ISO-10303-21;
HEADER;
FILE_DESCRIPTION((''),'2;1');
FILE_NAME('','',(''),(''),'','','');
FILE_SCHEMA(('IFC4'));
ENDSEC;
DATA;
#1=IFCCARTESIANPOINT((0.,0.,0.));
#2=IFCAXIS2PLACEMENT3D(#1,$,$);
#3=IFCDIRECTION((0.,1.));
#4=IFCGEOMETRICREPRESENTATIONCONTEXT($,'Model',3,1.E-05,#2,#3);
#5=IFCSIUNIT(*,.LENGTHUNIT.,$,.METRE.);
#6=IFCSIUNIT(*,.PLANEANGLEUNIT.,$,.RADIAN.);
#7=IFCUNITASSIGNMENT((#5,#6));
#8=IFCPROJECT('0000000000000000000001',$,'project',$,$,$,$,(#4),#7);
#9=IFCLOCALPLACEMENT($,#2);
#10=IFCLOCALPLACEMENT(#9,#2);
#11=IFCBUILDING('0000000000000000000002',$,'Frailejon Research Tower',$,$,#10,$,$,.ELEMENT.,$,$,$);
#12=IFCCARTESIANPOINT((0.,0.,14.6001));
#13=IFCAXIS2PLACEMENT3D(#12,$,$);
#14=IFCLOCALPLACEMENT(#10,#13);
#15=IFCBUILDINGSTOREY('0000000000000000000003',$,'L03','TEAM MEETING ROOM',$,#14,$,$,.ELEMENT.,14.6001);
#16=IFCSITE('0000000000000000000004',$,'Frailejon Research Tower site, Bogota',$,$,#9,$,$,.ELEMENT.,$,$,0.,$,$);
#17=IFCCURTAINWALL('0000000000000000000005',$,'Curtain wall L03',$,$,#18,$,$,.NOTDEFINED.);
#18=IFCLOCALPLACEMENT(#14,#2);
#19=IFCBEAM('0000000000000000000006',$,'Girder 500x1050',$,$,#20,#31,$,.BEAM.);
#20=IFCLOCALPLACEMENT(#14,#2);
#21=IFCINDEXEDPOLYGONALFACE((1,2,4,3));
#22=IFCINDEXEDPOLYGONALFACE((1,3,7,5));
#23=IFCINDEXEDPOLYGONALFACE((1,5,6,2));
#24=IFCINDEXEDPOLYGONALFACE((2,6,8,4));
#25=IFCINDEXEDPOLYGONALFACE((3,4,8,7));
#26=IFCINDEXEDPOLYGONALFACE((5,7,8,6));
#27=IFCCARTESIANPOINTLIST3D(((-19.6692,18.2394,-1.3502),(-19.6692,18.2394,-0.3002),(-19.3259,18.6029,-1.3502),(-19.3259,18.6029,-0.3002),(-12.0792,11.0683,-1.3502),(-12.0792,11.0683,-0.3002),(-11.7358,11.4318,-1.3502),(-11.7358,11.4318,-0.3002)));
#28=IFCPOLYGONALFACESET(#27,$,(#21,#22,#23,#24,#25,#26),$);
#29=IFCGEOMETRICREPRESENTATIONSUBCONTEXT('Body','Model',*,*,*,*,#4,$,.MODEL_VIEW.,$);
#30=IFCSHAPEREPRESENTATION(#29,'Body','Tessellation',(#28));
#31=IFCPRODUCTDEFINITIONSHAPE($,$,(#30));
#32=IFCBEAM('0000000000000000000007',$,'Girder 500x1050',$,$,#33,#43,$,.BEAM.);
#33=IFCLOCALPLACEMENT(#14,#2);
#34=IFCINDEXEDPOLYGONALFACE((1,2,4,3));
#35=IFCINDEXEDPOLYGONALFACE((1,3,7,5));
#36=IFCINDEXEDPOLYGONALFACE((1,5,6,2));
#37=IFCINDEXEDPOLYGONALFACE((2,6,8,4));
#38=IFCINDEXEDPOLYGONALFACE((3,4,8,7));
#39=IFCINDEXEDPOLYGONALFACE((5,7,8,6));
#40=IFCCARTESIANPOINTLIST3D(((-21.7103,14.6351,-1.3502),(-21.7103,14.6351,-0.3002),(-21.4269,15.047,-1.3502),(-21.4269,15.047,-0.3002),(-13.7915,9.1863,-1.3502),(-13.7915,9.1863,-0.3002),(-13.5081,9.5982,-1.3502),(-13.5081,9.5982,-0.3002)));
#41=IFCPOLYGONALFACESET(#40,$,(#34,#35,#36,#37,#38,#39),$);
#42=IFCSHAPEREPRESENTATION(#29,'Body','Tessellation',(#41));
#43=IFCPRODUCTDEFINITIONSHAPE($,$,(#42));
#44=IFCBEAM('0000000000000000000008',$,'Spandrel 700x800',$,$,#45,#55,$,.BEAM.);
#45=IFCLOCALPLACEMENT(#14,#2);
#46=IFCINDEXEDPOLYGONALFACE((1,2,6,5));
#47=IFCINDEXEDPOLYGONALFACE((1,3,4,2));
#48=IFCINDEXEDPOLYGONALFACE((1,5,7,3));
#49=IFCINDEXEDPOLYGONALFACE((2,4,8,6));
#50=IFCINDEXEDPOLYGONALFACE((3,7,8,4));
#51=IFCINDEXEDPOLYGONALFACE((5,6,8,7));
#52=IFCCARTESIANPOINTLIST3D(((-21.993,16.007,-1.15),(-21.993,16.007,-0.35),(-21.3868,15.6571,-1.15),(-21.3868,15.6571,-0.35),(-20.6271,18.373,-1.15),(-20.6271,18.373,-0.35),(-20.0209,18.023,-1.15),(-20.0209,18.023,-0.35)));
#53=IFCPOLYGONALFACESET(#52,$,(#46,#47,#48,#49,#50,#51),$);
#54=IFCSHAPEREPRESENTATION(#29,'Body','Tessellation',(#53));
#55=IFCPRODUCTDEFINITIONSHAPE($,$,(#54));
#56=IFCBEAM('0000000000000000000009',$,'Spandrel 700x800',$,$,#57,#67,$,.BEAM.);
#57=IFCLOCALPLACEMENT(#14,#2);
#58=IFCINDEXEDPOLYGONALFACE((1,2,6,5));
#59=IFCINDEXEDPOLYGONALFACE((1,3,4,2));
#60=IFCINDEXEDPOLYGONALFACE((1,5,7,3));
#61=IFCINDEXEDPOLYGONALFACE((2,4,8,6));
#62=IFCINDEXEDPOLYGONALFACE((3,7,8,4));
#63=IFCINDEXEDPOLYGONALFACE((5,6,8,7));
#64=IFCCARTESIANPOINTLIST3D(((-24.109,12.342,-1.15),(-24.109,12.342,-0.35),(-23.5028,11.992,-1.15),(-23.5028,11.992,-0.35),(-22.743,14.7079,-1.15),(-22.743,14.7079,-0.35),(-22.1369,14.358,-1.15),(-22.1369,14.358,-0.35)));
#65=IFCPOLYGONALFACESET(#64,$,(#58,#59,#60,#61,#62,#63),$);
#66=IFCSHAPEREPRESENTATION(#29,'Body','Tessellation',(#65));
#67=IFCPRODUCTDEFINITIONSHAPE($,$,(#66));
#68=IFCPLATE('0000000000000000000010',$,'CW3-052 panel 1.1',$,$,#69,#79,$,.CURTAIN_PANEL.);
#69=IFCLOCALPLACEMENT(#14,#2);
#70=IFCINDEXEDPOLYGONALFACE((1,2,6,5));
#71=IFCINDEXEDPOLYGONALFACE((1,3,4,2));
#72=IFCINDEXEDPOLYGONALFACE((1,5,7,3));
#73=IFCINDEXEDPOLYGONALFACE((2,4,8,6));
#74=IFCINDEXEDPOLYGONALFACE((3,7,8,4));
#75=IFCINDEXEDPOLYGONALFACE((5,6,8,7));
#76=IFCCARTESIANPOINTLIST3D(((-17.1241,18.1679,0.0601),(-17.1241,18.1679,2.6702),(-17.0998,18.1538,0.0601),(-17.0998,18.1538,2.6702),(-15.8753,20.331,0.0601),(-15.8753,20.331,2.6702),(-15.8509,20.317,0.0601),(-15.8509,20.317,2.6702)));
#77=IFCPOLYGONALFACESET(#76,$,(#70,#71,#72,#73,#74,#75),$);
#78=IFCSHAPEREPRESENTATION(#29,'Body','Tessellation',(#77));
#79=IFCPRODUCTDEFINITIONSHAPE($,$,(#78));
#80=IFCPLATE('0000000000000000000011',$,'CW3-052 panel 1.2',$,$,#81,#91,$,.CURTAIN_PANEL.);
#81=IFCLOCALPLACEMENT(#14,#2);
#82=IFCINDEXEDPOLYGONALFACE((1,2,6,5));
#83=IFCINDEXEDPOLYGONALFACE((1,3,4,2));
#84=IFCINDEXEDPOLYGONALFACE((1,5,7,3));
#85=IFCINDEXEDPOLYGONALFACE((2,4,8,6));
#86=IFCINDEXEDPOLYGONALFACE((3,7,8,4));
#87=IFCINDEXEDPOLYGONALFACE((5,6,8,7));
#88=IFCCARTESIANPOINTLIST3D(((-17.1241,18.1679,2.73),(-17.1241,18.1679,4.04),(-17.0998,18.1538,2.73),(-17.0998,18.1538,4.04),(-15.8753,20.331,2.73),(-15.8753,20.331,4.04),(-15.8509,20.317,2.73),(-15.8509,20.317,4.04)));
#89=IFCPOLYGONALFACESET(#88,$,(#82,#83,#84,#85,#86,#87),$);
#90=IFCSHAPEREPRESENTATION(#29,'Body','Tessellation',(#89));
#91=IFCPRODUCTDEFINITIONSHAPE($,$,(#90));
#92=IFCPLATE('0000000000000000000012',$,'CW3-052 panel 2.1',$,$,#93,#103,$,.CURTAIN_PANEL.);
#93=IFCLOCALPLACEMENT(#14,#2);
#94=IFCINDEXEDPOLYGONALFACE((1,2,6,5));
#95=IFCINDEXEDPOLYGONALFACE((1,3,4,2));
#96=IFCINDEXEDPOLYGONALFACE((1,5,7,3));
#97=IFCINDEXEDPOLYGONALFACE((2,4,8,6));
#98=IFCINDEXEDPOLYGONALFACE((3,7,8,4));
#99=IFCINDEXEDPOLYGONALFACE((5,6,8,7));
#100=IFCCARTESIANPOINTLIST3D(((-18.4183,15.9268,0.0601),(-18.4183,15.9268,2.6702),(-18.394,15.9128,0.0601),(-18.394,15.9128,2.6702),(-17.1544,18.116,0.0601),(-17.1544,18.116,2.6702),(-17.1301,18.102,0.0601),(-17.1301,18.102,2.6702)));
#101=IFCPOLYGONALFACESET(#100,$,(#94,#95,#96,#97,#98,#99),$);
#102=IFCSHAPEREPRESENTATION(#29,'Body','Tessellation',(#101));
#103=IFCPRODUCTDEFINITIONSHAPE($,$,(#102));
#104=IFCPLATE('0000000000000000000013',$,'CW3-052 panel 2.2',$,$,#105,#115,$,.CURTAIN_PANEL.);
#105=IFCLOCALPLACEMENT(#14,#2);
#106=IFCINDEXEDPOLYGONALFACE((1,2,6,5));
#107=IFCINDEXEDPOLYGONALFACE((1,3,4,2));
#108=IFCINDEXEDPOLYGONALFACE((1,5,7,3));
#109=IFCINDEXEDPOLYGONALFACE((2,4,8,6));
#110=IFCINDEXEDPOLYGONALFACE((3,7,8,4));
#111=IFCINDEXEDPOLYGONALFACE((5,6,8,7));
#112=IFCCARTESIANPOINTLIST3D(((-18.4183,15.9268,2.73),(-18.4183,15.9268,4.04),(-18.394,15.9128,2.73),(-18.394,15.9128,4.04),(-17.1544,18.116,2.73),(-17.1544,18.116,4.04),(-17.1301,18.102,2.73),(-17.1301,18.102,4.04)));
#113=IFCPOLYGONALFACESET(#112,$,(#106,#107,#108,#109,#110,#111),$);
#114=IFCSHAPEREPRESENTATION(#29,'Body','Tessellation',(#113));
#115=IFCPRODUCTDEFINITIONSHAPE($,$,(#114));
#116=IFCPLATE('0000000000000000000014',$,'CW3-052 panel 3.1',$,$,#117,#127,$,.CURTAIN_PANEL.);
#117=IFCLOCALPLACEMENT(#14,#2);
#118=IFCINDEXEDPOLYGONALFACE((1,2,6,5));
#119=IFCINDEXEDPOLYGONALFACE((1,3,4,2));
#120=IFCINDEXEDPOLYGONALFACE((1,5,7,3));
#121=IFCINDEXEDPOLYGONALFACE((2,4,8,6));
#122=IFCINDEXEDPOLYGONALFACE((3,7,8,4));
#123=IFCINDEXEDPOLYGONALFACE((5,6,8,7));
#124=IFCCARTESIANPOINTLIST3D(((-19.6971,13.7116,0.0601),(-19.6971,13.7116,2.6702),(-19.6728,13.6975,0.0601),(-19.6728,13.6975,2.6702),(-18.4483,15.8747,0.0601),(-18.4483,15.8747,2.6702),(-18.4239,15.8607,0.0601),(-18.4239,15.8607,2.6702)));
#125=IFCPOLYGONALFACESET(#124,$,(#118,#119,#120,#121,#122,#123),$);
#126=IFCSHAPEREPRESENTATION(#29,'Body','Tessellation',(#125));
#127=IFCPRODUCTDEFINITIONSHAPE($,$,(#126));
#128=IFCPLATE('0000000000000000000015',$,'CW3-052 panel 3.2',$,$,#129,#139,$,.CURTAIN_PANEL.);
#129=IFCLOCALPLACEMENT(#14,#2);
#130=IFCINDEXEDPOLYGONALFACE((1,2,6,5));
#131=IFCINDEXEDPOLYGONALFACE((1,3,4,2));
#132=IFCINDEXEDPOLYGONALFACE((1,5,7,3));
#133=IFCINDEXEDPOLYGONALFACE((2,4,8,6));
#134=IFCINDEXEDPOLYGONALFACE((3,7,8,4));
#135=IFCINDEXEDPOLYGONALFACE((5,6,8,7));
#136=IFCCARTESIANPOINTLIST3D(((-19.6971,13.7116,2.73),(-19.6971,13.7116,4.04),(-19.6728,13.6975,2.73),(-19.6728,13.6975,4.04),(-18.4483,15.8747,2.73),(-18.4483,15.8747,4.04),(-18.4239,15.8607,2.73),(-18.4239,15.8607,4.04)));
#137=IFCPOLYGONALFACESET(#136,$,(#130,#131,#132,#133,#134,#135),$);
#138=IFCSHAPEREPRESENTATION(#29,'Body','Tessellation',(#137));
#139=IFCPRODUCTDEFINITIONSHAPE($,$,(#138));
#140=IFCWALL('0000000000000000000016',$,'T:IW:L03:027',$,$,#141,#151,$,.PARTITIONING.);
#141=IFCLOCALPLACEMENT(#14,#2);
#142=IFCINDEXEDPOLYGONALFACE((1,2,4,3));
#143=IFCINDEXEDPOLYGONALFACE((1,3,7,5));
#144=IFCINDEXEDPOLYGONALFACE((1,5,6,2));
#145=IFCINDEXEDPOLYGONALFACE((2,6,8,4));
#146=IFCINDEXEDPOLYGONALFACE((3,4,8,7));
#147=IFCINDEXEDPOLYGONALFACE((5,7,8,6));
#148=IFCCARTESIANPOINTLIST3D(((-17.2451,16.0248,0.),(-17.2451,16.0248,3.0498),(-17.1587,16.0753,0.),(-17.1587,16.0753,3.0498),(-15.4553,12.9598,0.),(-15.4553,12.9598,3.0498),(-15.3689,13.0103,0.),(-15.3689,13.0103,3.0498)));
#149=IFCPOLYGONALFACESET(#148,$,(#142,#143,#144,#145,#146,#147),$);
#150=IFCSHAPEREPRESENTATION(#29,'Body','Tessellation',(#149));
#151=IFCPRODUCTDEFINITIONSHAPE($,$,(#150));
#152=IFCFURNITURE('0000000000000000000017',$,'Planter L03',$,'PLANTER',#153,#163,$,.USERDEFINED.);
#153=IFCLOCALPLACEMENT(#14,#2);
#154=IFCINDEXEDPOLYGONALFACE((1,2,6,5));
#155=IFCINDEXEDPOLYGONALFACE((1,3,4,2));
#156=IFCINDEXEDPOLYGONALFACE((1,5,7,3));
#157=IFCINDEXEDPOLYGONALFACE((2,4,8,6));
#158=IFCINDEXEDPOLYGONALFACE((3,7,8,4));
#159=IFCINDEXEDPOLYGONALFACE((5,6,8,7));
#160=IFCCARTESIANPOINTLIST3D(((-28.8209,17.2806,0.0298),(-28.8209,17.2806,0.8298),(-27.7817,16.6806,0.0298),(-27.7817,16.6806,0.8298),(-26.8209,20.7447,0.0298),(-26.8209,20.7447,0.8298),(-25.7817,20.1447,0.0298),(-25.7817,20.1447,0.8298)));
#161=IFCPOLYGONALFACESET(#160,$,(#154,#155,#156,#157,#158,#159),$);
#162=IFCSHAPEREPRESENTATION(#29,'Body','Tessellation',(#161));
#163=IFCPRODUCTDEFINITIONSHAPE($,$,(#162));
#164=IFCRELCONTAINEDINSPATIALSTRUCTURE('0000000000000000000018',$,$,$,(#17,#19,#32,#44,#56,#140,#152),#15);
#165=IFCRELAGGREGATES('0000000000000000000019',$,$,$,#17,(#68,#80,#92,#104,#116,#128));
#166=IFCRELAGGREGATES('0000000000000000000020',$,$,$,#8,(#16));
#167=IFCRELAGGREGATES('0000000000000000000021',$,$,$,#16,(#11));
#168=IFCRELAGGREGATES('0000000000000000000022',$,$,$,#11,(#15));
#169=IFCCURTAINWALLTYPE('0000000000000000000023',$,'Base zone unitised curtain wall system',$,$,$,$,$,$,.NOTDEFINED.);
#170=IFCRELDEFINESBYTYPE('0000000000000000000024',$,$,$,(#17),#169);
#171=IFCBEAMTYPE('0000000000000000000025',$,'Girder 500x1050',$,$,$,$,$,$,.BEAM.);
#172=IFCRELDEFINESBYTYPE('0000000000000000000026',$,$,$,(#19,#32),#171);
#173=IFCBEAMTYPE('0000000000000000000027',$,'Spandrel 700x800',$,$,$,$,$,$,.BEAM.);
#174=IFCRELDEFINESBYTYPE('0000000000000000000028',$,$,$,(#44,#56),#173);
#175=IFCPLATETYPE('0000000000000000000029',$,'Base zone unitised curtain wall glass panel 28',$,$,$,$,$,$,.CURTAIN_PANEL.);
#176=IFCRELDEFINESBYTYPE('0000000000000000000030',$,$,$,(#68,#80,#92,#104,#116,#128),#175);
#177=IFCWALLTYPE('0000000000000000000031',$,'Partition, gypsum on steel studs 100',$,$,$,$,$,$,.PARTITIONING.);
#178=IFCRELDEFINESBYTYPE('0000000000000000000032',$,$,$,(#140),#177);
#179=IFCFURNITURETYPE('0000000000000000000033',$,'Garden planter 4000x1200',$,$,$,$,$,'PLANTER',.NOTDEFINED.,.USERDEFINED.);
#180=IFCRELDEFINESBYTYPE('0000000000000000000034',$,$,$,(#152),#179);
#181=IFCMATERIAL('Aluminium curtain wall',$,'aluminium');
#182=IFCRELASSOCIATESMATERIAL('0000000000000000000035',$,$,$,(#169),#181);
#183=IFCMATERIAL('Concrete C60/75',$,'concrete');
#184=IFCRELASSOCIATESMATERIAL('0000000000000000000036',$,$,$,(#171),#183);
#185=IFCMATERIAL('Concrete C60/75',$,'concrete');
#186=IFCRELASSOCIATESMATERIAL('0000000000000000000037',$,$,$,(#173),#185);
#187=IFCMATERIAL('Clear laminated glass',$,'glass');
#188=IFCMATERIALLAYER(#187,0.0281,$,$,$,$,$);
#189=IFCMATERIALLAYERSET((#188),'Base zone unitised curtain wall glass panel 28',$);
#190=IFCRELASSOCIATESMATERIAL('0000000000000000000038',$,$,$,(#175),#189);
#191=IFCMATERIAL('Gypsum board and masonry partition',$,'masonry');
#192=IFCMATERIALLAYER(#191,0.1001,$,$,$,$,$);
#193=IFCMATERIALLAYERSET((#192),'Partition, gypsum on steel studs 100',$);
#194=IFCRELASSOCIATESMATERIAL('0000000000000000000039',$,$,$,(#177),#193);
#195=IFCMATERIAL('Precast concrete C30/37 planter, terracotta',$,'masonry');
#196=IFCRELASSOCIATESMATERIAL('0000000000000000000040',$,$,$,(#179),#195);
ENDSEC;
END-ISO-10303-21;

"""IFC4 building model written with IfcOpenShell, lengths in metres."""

from ifc_helpers import new_model, si_unit, direction, frame, frame_2d, origin, origin_2d, place, context, subcontext, project, spatial, rectangle, extrude, material, layer, layer_set, material_profile, profile_set, type_object, element, aggregate, save


model = new_model("IFC4")

# Units and contexts
model_context = context("Model", 3, precision=1e-05, world=origin(), true_north=direction((0.0, 1.0)))
body_context = subcontext(model_context, "Body", "Model", "MODEL_VIEW")
ifc_project = project(units=[si_unit("LENGTHUNIT", "METRE"), si_unit("PLANEANGLEUNIT", "RADIAN")], contexts=[model_context])

# Site, building, storey
site_placement = place(None, origin())
site = spatial("IfcSite", under=ifc_project, at=site_placement, Name="Frailejon Research Tower site, Bogota", CompositionType="ELEMENT", RefElevation=0.0)
building_placement = place(site_placement, origin())
building = spatial("IfcBuilding", under=site, at=building_placement, Name="Frailejon Research Tower", CompositionType="ELEMENT")
storey_placement = place(building_placement, frame((0.0, 0.0, 14.6001)))
storey = spatial("IfcBuildingStorey", under=building, at=storey_placement, Name="L03", Description="TEAM MEETING ROOM", CompositionType="ELEMENT", Elevation=14.6001)

# Curtain wall
ifc_material_1 = material(Name="Aluminium curtain wall", Category="aluminium")
curtain_wall_type = type_object("IfcCurtainWallType", Name="Base zone unitised curtain wall system", PredefinedType="NOTDEFINED", material=ifc_material_1)
curtain_wall_placement = place(storey_placement, origin())
curtain_wall = element("IfcCurtainWall", 1, at=curtain_wall_placement, inside=storey, type_object=curtain_wall_type, Name="Curtain wall L03", PredefinedType="NOTDEFINED")

# Beams
ifc_material_2 = material(Name="Concrete C60/75", Category="concrete")
ifc_material_profile_1 = material_profile(ifc_material_2, rectangle(XDim=0.5, YDim=1.05, at=origin_2d()), Name="Girder 500x1050")
ifc_profile_set_1 = profile_set([ifc_material_profile_1], Name="Concrete C60/75")
beam_type_1 = type_object("IfcBeamType", Name="Girder 500x1050", PredefinedType="BEAM", material=ifc_profile_set_1)
beam_1_placement = place(storey_placement, frame((-19.4976, 18.4211, -0.8252), z_axis=(0.726883, -0.686762, 0.0), x_axis=(0.686762, 0.726883, 0.0)))
element("IfcBeam", 2, at=beam_1_placement, inside=storey, type_object=beam_type_1, Name="Girder 500x1050", PredefinedType="BEAM", context=body_context, shape_type="SweptSolid", body=[
    extrude(rectangle(XDim=0.5, YDim=1.05, at=origin_2d()), origin(), (0.0, 0.0, 1.0), 10.4419),
])
beam_2_placement = place(storey_placement, frame((-21.5686, 14.8411, -0.8252), z_axis=(0.823817, -0.566855, 0.0), x_axis=(0.566855, 0.823817, 0.0)))
element("IfcBeam", 3, at=beam_2_placement, inside=storey, type_object=beam_type_1, Name="Girder 500x1050", PredefinedType="BEAM", context=body_context, shape_type="SweptSolid", body=[
    extrude(rectangle(XDim=0.5, YDim=1.05, at=origin_2d()), origin(), (0.0, 0.0, 1.0), 9.6123),
])
ifc_material_3 = material(Name="Concrete C60/75", Category="concrete")
ifc_material_profile_2 = material_profile(ifc_material_3, rectangle(XDim=0.7, YDim=0.8, at=origin_2d()), Name="Spandrel 700x800")
ifc_profile_set_2 = profile_set([ifc_material_profile_2], Name="Concrete C60/75")
beam_type_2 = type_object("IfcBeamType", Name="Spandrel 700x800", PredefinedType="BEAM", material=ifc_profile_set_2)
for number, where, z_axis, x_axis, name in (
    (4, (-20.324, 18.198, -0.75), (-0.499993, -0.866029, 0.0), (0.866029, -0.499993, 0.0), "Spandrel 700x800"),
    (5, (-22.4399, 14.533, -0.75), (-0.499993, -0.866029, 0.0), (0.866029, -0.499993, 0.0), "Spandrel 700x800"),
):
    element("IfcBeam", number, at=place(storey_placement, frame(where, z_axis=z_axis, x_axis=x_axis)), inside=storey, type_object=beam_type_2, Name=name, PredefinedType="BEAM", context=body_context, shape_type="SweptSolid", body=[
        extrude(rectangle(XDim=0.7, YDim=0.8, at=origin_2d()), origin(), (0.0, 0.0, 1.0), 2.7319),
    ])

# Plates
ifc_material_4 = material(Name="Clear laminated glass", Category="glass")
ifc_layer_1 = layer(ifc_material_4, 0.0281)
ifc_layer_set_1 = layer_set([ifc_layer_1], Name="Base zone unitised curtain wall glass panel 28")
plate_type = type_object("IfcPlateType", Name="Base zone unitised curtain wall glass panel 28", PredefinedType="CURTAIN_PANEL", material=ifc_layer_set_1)
plate_1_placement = place(storey_placement, frame((-16.4875, 19.2424, 0.0601), z_axis=(0.0, 0.0, 1.0), x_axis=(-0.499993, -0.866029, 0.0)))
plate_1 = element("IfcPlate", 6, at=plate_1_placement, type_object=plate_type, Name="CW3-052 panel 1.1", PredefinedType="CURTAIN_PANEL", context=body_context, shape_type="SweptSolid", body=[
    extrude(rectangle(XDim=2.4978, YDim=0.0281, at=origin_2d()), origin(), (0.0, 0.0, 1.0), 2.6101),
])
plate_2_placement = place(storey_placement, frame((-16.4875, 19.2424, 2.73), z_axis=(0.0, 0.0, 1.0), x_axis=(-0.499993, -0.866029, 0.0)))
plate_2 = element("IfcPlate", 7, at=plate_2_placement, type_object=plate_type, Name="CW3-052 panel 1.2", PredefinedType="CURTAIN_PANEL", context=body_context, shape_type="SweptSolid", body=[
    extrude(rectangle(XDim=2.4978, YDim=0.0281, at=origin_2d()), origin(), (0.0, 0.0, 1.0), 1.3101),
])
plate_3_placement = place(storey_placement, frame((-17.7742, 17.0144, 0.0601), z_axis=(0.0, 0.0, 1.0), x_axis=(-0.499993, -0.866029, 0.0)))
plate_3 = element("IfcPlate", 8, at=plate_3_placement, type_object=plate_type, Name="CW3-052 panel 2.1", PredefinedType="CURTAIN_PANEL", context=body_context, shape_type="SweptSolid", body=[
    extrude(rectangle(XDim=2.5278, YDim=0.0281, at=origin_2d()), origin(), (0.0, 0.0, 1.0), 2.6101),
])
plate_4_placement = place(storey_placement, frame((-17.7742, 17.0144, 2.73), z_axis=(0.0, 0.0, 1.0), x_axis=(-0.499993, -0.866029, 0.0)))
plate_4 = element("IfcPlate", 9, at=plate_4_placement, type_object=plate_type, Name="CW3-052 panel 2.2", PredefinedType="CURTAIN_PANEL", context=body_context, shape_type="SweptSolid", body=[
    extrude(rectangle(XDim=2.5278, YDim=0.0281, at=origin_2d()), origin(), (0.0, 0.0, 1.0), 1.3101),
])
plate_5_placement = place(storey_placement, frame((-19.0605, 14.7861, 0.0601), z_axis=(0.0, 0.0, 1.0), x_axis=(-0.499993, -0.866029, 0.0)))
plate_5 = element("IfcPlate", 10, at=plate_5_placement, type_object=plate_type, Name="CW3-052 panel 3.1", PredefinedType="CURTAIN_PANEL", context=body_context, shape_type="SweptSolid", body=[
    extrude(rectangle(XDim=2.4978, YDim=0.0281, at=origin_2d()), origin(), (0.0, 0.0, 1.0), 2.6101),
])
plate_6_placement = place(storey_placement, frame((-19.0605, 14.7861, 2.73), z_axis=(0.0, 0.0, 1.0), x_axis=(-0.499993, -0.866029, 0.0)))
plate_6 = element("IfcPlate", 11, at=plate_6_placement, type_object=plate_type, Name="CW3-052 panel 3.2", PredefinedType="CURTAIN_PANEL", context=body_context, shape_type="SweptSolid", body=[
    extrude(rectangle(XDim=2.4978, YDim=0.0281, at=origin_2d()), origin(), (0.0, 0.0, 1.0), 1.3101),
])
aggregate(curtain_wall, [plate_1, plate_2, plate_3, plate_4, plate_5, plate_6])

# Wall
ifc_material_5 = material(Name="Gypsum board and masonry partition", Category="masonry")
ifc_layer_2 = layer(ifc_material_5, 0.1001)
ifc_layer_set_2 = layer_set([ifc_layer_2], Name="Partition, gypsum on steel studs 100")
wall_type_1 = type_object("IfcWallType", Name="Partition, gypsum on steel studs 100", PredefinedType="PARTITIONING", material=ifc_layer_set_2)
wall_1_placement = place(storey_placement, frame((-17.2019, 16.05, 0.0), z_axis=(0.0, 0.0, 1.0), x_axis=(0.504273, -0.863544, 0.0)))
element("IfcWall", 12, at=wall_1_placement, inside=storey, type_object=wall_type_1, Name="T:IW:L03:027", PredefinedType="PARTITIONING", context=body_context, shape_type="SweptSolid", body=[
    extrude(rectangle(XDim=3.5493, YDim=0.1001, at=frame_2d((1.7747, 0.0))), origin(), (0.0, 0.0, 1.0), 3.0498),
])

# Furniture
ifc_material_6 = material(Name="Precast concrete C30/37 planter, terracotta", Category="masonry")
furniture_type = type_object("IfcFurnitureType", Name="Garden planter 4000x1200", ElementType="PLANTER", AssemblyPlace="NOTDEFINED", PredefinedType="USERDEFINED", material=ifc_material_6)
furniture_placement = place(storey_placement, frame((-27.3013, 18.7126, 0.0298), z_axis=(0.0, 0.0, 1.0), x_axis=(-0.5, -0.866025, 0.0)))
element("IfcFurniture", 13, at=furniture_placement, inside=storey, type_object=furniture_type, Name="Planter L03", ObjectType="PLANTER", PredefinedType="USERDEFINED", context=body_context, shape_type="SweptSolid", body=[
    extrude(rectangle(XDim=4.0, YDim=1.2, at=origin_2d()), origin(), (0.0, 0.0, 1.0), 0.8),
])

save(model, "model.ifc")
